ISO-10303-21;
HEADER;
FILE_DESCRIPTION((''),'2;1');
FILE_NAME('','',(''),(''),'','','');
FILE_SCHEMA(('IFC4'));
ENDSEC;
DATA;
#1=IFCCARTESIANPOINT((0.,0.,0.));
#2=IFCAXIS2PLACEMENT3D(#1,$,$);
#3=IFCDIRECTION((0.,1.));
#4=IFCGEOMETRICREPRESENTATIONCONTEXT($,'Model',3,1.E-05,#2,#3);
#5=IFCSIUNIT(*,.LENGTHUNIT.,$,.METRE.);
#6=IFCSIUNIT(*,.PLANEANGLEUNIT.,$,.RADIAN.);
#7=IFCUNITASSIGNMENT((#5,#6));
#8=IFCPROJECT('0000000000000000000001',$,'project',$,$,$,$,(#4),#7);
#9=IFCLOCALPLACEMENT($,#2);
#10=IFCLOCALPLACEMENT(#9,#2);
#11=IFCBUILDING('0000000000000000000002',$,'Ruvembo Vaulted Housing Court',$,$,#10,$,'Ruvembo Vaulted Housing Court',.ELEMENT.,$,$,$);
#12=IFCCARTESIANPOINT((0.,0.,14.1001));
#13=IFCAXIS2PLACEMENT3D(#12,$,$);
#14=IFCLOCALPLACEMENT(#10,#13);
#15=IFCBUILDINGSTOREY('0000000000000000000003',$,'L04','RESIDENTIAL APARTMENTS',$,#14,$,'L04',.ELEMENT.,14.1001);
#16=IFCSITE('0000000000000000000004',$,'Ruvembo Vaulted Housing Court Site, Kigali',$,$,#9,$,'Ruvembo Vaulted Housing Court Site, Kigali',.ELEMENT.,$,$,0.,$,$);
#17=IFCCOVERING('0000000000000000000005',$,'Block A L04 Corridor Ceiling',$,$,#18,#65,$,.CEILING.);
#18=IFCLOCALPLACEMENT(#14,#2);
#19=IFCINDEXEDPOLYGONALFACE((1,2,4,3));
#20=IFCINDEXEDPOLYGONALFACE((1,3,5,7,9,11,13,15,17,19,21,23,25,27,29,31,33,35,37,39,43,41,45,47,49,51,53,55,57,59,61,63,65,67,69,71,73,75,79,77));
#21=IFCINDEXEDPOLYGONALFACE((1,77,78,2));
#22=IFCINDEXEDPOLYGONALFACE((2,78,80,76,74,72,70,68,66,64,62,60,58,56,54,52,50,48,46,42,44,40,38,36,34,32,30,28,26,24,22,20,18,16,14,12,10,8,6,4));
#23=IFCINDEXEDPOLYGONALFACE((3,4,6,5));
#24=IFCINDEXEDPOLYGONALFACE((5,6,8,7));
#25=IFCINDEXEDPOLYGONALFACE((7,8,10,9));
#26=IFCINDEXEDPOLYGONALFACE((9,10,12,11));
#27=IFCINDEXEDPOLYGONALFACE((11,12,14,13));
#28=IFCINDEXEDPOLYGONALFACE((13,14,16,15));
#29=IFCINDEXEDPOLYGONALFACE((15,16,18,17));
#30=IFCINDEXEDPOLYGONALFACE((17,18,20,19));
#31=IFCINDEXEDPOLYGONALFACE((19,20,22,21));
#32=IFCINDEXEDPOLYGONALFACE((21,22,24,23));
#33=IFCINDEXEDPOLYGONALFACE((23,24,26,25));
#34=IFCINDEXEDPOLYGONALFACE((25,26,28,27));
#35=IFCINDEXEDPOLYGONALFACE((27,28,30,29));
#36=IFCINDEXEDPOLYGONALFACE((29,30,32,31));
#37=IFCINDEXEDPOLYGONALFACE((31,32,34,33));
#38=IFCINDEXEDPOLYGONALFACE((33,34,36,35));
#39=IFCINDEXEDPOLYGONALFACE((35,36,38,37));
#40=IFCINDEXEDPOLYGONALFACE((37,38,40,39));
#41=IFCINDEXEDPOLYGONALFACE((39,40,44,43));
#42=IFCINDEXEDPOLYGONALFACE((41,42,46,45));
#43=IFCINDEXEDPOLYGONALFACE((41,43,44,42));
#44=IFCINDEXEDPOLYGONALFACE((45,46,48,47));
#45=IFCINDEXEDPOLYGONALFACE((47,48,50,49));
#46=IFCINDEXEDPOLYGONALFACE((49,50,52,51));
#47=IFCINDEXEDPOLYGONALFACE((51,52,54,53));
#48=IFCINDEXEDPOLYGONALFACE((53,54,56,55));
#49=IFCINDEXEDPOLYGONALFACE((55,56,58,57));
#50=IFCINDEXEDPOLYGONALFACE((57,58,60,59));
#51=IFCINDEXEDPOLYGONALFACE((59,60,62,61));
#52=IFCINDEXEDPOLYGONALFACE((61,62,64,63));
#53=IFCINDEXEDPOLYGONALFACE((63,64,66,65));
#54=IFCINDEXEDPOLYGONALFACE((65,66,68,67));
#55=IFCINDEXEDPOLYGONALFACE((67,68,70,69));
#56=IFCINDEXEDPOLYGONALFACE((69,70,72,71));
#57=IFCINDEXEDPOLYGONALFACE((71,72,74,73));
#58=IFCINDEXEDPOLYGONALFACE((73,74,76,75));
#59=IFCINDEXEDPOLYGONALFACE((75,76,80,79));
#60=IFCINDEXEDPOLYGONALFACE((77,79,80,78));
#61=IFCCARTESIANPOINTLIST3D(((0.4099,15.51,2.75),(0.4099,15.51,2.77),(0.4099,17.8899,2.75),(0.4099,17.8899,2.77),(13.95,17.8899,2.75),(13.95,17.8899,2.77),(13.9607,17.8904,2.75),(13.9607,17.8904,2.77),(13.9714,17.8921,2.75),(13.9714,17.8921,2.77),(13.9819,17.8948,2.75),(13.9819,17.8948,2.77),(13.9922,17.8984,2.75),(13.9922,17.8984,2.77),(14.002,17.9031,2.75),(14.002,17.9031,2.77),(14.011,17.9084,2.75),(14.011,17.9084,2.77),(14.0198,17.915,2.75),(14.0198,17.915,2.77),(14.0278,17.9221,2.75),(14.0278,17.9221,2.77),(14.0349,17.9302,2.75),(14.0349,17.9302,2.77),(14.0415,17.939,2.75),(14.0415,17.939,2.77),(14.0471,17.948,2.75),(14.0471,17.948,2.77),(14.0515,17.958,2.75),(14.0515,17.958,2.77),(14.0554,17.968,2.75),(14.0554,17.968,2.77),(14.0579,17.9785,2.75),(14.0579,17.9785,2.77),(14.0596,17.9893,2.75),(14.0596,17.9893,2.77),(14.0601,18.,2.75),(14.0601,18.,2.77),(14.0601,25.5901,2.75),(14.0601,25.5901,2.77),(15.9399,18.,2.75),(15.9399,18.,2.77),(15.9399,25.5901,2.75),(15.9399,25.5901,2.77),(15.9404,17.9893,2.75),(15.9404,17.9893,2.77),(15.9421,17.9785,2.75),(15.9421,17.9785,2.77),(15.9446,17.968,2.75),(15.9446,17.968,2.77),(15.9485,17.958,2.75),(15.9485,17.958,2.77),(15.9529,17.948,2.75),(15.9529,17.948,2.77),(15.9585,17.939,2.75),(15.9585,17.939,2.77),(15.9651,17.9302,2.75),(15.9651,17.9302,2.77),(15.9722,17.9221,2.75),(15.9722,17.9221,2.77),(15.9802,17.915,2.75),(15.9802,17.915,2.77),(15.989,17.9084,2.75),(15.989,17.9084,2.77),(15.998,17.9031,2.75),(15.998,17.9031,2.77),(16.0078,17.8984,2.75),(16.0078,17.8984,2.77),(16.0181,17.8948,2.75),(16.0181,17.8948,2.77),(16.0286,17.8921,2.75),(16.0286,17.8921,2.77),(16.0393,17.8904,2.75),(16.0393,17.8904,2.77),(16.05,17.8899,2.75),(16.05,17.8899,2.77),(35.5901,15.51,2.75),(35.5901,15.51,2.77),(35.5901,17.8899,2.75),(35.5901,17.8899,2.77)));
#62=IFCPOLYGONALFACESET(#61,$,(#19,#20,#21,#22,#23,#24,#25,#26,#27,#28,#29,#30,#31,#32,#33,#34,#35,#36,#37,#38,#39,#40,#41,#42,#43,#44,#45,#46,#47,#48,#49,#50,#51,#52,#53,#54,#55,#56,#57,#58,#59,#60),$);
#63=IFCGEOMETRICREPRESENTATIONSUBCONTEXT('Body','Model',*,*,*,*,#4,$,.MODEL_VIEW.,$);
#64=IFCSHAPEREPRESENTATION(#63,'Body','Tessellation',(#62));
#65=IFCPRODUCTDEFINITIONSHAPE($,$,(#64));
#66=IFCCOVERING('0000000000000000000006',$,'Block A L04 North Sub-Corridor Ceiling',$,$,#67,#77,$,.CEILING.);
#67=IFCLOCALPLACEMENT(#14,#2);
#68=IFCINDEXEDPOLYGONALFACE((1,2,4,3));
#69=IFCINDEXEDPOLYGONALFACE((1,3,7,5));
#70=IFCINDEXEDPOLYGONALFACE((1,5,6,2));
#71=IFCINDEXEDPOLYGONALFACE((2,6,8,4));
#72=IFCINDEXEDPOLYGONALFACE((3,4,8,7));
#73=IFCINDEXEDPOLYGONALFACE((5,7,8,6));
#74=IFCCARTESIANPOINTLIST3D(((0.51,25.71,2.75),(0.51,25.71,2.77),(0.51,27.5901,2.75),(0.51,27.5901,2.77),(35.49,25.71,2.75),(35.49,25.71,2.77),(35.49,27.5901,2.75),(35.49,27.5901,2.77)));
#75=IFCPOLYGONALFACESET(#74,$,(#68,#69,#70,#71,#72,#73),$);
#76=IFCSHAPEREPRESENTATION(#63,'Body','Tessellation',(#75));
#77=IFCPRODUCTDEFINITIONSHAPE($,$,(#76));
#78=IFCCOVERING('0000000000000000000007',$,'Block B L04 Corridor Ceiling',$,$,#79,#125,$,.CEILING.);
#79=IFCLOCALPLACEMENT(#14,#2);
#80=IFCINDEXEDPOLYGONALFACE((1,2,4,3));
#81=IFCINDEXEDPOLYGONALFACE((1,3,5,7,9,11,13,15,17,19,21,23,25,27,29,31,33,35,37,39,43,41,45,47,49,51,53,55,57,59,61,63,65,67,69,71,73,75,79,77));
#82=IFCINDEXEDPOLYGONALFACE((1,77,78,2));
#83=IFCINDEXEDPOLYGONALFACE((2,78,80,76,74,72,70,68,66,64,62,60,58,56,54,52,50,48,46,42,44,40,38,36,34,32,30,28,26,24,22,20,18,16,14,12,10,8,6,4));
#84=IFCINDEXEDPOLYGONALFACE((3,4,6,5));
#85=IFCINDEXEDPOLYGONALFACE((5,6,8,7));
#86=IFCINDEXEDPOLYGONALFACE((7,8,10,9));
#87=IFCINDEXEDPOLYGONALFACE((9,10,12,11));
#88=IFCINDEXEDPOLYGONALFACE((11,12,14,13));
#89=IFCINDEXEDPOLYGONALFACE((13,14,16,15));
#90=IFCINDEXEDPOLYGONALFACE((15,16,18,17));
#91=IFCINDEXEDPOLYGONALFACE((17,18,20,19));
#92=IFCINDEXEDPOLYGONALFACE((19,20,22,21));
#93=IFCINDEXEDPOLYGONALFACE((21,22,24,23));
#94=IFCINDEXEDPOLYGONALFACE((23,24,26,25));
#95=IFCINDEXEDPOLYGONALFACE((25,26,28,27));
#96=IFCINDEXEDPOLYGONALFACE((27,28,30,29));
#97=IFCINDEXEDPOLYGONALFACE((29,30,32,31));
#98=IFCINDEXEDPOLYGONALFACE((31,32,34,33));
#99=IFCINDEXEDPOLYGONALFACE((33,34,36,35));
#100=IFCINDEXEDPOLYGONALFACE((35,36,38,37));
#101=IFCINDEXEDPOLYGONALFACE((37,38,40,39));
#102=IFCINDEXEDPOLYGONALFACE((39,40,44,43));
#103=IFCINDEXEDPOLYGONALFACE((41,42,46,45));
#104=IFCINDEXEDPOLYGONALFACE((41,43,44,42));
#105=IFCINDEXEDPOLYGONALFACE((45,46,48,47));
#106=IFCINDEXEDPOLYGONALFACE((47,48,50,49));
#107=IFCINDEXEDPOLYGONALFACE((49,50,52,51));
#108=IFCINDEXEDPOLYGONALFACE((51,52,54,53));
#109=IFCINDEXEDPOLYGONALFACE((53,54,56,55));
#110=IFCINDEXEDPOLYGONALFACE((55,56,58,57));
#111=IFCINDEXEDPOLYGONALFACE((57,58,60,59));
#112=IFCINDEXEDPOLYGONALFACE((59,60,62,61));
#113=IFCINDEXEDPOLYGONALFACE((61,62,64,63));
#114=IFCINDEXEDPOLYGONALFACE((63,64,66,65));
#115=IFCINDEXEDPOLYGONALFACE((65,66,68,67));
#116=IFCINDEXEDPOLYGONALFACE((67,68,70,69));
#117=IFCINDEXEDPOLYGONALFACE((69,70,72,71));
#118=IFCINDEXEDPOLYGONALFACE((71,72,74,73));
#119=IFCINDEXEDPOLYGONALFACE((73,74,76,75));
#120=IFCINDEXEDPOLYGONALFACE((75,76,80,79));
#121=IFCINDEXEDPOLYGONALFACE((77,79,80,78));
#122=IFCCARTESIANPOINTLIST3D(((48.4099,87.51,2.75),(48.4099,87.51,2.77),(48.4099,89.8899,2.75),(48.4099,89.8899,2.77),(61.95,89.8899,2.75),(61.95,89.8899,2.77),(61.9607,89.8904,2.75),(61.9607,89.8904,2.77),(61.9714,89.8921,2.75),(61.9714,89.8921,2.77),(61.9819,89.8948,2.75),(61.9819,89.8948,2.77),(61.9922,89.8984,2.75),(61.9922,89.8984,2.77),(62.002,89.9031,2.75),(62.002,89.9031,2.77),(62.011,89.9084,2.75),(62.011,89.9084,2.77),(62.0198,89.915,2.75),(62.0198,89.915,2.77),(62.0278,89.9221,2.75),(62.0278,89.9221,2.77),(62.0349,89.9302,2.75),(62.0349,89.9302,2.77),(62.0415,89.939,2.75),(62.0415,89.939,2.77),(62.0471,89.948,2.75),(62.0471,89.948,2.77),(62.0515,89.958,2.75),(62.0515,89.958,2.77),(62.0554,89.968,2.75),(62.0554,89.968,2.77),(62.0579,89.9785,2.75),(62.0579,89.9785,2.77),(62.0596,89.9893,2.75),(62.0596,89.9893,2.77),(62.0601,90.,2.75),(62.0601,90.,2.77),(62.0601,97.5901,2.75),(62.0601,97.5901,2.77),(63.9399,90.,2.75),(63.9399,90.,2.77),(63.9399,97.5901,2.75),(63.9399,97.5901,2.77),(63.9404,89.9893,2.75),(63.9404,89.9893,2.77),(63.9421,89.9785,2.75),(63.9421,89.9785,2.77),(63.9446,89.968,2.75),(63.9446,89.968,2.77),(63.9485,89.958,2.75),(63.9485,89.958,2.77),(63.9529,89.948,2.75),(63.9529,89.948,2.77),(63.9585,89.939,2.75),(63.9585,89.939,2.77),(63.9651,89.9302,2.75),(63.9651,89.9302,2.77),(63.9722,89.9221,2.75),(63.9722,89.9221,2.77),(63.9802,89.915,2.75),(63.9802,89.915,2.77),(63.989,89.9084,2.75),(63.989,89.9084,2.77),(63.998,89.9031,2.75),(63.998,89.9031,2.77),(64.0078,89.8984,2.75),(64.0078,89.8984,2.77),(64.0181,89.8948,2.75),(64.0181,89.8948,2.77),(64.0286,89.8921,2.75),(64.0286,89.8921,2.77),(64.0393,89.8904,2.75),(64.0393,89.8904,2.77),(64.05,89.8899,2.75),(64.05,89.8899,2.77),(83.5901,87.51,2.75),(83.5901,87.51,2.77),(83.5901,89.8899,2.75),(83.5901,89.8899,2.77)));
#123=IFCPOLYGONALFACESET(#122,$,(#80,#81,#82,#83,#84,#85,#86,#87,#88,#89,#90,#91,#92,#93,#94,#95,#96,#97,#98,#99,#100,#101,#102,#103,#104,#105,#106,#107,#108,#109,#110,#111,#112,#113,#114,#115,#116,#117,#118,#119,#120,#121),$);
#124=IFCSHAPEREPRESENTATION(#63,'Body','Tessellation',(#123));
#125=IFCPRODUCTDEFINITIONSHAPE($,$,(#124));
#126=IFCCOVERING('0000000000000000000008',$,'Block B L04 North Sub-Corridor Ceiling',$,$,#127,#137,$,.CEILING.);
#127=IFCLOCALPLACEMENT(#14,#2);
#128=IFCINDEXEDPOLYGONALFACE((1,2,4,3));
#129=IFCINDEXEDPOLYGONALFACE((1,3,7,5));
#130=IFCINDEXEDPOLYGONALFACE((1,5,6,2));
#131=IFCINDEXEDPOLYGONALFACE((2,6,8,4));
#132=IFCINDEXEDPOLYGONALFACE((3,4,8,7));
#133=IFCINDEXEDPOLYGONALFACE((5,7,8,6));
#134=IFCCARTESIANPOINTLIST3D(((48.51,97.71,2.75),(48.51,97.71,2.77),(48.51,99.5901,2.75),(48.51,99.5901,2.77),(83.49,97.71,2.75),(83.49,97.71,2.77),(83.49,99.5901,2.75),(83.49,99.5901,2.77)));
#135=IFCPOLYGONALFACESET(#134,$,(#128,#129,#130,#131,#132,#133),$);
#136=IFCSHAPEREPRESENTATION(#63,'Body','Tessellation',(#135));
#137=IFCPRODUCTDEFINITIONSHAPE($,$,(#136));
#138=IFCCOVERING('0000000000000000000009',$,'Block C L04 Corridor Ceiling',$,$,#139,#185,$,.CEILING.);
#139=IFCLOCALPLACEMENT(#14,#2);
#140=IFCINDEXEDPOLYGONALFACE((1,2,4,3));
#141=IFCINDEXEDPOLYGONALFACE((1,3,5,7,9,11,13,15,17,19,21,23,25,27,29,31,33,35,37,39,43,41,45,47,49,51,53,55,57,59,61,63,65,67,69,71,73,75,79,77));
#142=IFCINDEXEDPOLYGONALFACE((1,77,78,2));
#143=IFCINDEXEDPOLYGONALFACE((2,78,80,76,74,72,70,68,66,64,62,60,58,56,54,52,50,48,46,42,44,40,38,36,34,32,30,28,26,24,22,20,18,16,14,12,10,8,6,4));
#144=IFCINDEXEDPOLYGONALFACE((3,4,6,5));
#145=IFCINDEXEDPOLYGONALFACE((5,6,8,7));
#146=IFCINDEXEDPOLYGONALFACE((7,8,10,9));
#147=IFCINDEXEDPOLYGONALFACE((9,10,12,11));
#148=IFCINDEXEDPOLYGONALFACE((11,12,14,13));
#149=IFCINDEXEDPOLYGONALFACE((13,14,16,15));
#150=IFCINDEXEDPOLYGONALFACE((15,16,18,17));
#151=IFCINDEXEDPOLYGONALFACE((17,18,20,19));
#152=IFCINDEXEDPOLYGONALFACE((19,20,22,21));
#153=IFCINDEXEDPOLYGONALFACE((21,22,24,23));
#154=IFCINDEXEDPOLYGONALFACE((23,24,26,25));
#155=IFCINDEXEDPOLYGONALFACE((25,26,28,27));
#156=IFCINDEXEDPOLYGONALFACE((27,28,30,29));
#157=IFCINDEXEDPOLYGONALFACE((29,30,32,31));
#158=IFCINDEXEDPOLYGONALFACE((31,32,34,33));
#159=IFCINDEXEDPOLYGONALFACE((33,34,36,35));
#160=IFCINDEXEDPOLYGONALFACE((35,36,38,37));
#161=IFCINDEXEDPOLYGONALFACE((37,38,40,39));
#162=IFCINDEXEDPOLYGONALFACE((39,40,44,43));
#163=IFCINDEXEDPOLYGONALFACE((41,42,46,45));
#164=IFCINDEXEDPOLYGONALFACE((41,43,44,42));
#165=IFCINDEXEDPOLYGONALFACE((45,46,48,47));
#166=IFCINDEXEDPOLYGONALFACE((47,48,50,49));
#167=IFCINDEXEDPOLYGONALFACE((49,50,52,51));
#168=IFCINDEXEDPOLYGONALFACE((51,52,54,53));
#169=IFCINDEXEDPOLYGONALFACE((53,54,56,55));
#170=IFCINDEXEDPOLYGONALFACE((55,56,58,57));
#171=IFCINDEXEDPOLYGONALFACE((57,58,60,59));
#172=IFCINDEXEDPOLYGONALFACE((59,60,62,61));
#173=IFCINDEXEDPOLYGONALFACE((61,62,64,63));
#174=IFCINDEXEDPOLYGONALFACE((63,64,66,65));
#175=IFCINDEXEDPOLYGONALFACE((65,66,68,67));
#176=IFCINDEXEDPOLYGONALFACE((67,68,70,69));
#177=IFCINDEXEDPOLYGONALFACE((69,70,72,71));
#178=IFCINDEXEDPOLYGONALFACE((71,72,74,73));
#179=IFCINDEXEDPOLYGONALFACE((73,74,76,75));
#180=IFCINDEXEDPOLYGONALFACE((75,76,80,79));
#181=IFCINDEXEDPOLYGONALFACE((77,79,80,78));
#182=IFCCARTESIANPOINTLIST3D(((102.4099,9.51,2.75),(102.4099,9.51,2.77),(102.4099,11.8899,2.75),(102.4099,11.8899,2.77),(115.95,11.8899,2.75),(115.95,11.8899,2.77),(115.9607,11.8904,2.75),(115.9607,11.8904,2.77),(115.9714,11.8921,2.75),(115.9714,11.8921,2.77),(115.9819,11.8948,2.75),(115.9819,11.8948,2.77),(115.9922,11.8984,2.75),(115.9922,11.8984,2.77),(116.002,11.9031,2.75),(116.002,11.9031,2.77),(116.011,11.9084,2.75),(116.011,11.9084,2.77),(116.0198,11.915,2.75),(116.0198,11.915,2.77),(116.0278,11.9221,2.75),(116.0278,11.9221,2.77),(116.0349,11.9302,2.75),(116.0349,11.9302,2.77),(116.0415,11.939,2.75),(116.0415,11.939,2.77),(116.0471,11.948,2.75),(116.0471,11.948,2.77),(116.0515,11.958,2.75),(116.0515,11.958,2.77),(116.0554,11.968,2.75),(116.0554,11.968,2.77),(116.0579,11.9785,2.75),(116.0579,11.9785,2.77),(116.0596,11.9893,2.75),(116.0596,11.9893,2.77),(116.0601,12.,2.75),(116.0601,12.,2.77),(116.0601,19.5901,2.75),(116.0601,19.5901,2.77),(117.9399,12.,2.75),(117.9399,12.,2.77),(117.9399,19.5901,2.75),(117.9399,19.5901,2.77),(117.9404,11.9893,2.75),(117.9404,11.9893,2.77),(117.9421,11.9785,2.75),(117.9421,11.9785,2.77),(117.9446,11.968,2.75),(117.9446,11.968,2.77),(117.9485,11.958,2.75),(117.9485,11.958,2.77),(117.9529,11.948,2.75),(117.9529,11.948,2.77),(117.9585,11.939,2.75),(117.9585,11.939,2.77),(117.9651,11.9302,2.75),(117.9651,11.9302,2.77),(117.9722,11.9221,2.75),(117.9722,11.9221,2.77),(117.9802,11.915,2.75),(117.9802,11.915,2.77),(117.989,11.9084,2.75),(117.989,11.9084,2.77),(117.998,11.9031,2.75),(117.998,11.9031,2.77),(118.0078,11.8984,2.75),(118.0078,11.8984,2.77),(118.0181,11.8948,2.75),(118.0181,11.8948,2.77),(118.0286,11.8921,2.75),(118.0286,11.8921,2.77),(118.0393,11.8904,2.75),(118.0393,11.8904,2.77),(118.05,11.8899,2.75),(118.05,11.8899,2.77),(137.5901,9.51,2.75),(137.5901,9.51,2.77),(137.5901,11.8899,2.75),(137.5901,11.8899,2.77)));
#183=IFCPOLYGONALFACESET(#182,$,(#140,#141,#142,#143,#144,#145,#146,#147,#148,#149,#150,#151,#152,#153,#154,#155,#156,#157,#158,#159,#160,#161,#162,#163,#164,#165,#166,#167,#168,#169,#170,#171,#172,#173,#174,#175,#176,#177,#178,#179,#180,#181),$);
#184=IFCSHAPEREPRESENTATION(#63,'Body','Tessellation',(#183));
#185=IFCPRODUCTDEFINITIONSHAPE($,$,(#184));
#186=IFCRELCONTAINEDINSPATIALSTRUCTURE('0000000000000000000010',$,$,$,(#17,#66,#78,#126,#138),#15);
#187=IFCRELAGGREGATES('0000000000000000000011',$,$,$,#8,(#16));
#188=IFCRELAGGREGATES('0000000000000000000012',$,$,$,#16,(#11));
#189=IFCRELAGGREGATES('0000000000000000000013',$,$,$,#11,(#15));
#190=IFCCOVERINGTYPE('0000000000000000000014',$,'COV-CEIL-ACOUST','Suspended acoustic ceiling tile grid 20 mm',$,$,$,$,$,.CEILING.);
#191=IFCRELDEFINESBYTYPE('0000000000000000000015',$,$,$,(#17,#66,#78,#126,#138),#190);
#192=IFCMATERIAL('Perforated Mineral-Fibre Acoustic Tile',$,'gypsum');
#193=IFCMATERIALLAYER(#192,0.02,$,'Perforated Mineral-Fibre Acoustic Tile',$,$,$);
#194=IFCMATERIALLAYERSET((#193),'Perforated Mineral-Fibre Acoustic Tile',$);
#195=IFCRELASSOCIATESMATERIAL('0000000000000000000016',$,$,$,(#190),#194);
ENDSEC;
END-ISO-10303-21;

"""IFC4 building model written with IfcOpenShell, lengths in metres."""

from ifc_helpers import new_model, si_unit, direction, frame, origin, place, context, subcontext, project, spatial, polyline, outline, extrude, material, layer, layer_set, type_object, element, save


model = new_model("IFC4")

# Units and contexts
model_context = context("Model", 3, precision=1e-05, world=origin(), true_north=direction((0.0, 1.0)))
body_context = subcontext(model_context, "Body", "Model", "MODEL_VIEW")
ifc_project = project(units=[si_unit("LENGTHUNIT", "METRE"), si_unit("PLANEANGLEUNIT", "RADIAN")], contexts=[model_context])

# Site, building, storey
site_placement = place(None, origin())
site = spatial("IfcSite", under=ifc_project, at=site_placement, Name="Ruvembo Vaulted Housing Court Site, Kigali", LongName="Ruvembo Vaulted Housing Court Site, Kigali", CompositionType="ELEMENT", RefElevation=0.0)
building_placement = place(site_placement, origin())
building = spatial("IfcBuilding", under=site, at=building_placement, Name="Ruvembo Vaulted Housing Court", LongName="Ruvembo Vaulted Housing Court", CompositionType="ELEMENT")
storey_placement = place(building_placement, frame((0.0, 0.0, 14.1001)))
storey = spatial("IfcBuildingStorey", under=building, at=storey_placement, Name="L04", Description="RESIDENTIAL APARTMENTS", LongName="L04", CompositionType="ELEMENT", Elevation=14.1001)

# Coverings
ifc_material_1 = material(Name="Perforated Mineral-Fibre Acoustic Tile", Category="gypsum")
ifc_layer_1 = layer(ifc_material_1, 0.02, Name="Perforated Mineral-Fibre Acoustic Tile")
ifc_layer_set_1 = layer_set([ifc_layer_1], Name="Perforated Mineral-Fibre Acoustic Tile")
covering_type_1 = type_object("IfcCoveringType", Name="COV-CEIL-ACOUST", Description="Suspended acoustic ceiling tile grid 20 mm", PredefinedType="CEILING", material=ifc_layer_set_1)
covering_1_placement = place(storey_placement, frame((0.0, 0.0, 2.75)))
element("IfcCovering", 1, at=covering_1_placement, inside=storey, type_object=covering_type_1, Name="Block A L04 Corridor Ceiling", PredefinedType="CEILING", context=body_context, shape_type="SweptSolid", body=[
    extrude(outline(polyline([(35.5901, 15.51), (35.5901, 17.8899), (16.05, 17.8899), (16.0393, 17.8904), (16.0286, 17.8921), (16.0181, 17.8948), (16.0078, 17.8984), (15.998, 17.9031), (15.989, 17.9084), (15.9802, 17.915), (15.9722, 17.9221), (15.9651, 17.9302), (15.9585, 17.939), (15.9529, 17.948), (15.9485, 17.958), (15.9446, 17.968), (15.9421, 17.9785), (15.9404, 17.9893), (15.9399, 18.0), (15.9399, 25.5901), (14.0601, 25.5901), (14.0601, 18.0), (14.0596, 17.9893), (14.0579, 17.9785), (14.0554, 17.968), (14.0515, 17.958), (14.0471, 17.948), (14.0415, 17.939), (14.0349, 17.9302), (14.0278, 17.9221), (14.0198, 17.915), (14.011, 17.9084), (14.002, 17.9031), (13.9922, 17.8984), (13.9819, 17.8948), (13.9714, 17.8921), (13.9607, 17.8904), (13.95, 17.8899), (0.4099, 17.8899), (0.4099, 15.51), (35.5901, 15.51)])), origin(), (0.0, 0.0, 1.0), 0.02),
])
covering_2_placement = place(storey_placement, frame((0.0, 0.0, 2.75)))
element("IfcCovering", 2, at=covering_2_placement, inside=storey, type_object=covering_type_1, Name="Block A L04 North Sub-Corridor Ceiling", PredefinedType="CEILING", context=body_context, shape_type="SweptSolid", body=[
    extrude(outline(polyline([(0.51, 25.71), (35.49, 25.71), (35.49, 27.5901), (0.51, 27.5901), (0.51, 25.71)])), origin(), (0.0, 0.0, 1.0), 0.02),
])
covering_3_placement = place(storey_placement, frame((0.0, 0.0, 2.75)))
element("IfcCovering", 3, at=covering_3_placement, inside=storey, type_object=covering_type_1, Name="Block B L04 Corridor Ceiling", PredefinedType="CEILING", context=body_context, shape_type="SweptSolid", body=[
    extrude(outline(polyline([(83.5901, 87.51), (83.5901, 89.8899), (64.05, 89.8899), (64.0393, 89.8904), (64.0286, 89.8921), (64.0181, 89.8948), (64.0078, 89.8984), (63.998, 89.9031), (63.989, 89.9084), (63.9802, 89.915), (63.9722, 89.9221), (63.9651, 89.9302), (63.9585, 89.939), (63.9529, 89.948), (63.9485, 89.958), (63.9446, 89.968), (63.9421, 89.9785), (63.9404, 89.9893), (63.9399, 90.0), (63.9399, 97.5901), (62.0601, 97.5901), (62.0601, 90.0), (62.0596, 89.9893), (62.0579, 89.9785), (62.0554, 89.968), (62.0515, 89.958), (62.0471, 89.948), (62.0415, 89.939), (62.0349, 89.9302), (62.0278, 89.9221), (62.0198, 89.915), (62.011, 89.9084), (62.002, 89.9031), (61.9922, 89.8984), (61.9819, 89.8948), (61.9714, 89.8921), (61.9607, 89.8904), (61.95, 89.8899), (48.4099, 89.8899), (48.4099, 87.51), (83.5901, 87.51)])), origin(), (0.0, 0.0, 1.0), 0.02),
])
covering_4_placement = place(storey_placement, frame((0.0, 0.0, 2.75)))
element("IfcCovering", 4, at=covering_4_placement, inside=storey, type_object=covering_type_1, Name="Block B L04 North Sub-Corridor Ceiling", PredefinedType="CEILING", context=body_context, shape_type="SweptSolid", body=[
    extrude(outline(polyline([(48.51, 97.71), (83.49, 97.71), (83.49, 99.5901), (48.51, 99.5901), (48.51, 97.71)])), origin(), (0.0, 0.0, 1.0), 0.02),
])
covering_5_placement = place(storey_placement, frame((0.0, 0.0, 2.75)))
element("IfcCovering", 5, at=covering_5_placement, inside=storey, type_object=covering_type_1, Name="Block C L04 Corridor Ceiling", PredefinedType="CEILING", context=body_context, shape_type="SweptSolid", body=[
    extrude(outline(polyline([(137.5901, 9.51), (137.5901, 11.8899), (118.05, 11.8899), (118.0393, 11.8904), (118.0286, 11.8921), (118.0181, 11.8948), (118.0078, 11.8984), (117.998, 11.9031), (117.989, 11.9084), (117.9802, 11.915), (117.9722, 11.9221), (117.9651, 11.9302), (117.9585, 11.939), (117.9529, 11.948), (117.9485, 11.958), (117.9446, 11.968), (117.9421, 11.9785), (117.9404, 11.9893), (117.9399, 12.0), (117.9399, 19.5901), (116.0601, 19.5901), (116.0601, 12.0), (116.0596, 11.9893), (116.0579, 11.9785), (116.0554, 11.968), (116.0515, 11.958), (116.0471, 11.948), (116.0415, 11.939), (116.0349, 11.9302), (116.0278, 11.9221), (116.0198, 11.915), (116.011, 11.9084), (116.002, 11.9031), (115.9922, 11.8984), (115.9819, 11.8948), (115.9714, 11.8921), (115.9607, 11.8904), (115.95, 11.8899), (102.4099, 11.8899), (102.4099, 9.51), (137.5901, 9.51)])), origin(), (0.0, 0.0, 1.0), 0.02),
])

save(model, "model.ifc")
